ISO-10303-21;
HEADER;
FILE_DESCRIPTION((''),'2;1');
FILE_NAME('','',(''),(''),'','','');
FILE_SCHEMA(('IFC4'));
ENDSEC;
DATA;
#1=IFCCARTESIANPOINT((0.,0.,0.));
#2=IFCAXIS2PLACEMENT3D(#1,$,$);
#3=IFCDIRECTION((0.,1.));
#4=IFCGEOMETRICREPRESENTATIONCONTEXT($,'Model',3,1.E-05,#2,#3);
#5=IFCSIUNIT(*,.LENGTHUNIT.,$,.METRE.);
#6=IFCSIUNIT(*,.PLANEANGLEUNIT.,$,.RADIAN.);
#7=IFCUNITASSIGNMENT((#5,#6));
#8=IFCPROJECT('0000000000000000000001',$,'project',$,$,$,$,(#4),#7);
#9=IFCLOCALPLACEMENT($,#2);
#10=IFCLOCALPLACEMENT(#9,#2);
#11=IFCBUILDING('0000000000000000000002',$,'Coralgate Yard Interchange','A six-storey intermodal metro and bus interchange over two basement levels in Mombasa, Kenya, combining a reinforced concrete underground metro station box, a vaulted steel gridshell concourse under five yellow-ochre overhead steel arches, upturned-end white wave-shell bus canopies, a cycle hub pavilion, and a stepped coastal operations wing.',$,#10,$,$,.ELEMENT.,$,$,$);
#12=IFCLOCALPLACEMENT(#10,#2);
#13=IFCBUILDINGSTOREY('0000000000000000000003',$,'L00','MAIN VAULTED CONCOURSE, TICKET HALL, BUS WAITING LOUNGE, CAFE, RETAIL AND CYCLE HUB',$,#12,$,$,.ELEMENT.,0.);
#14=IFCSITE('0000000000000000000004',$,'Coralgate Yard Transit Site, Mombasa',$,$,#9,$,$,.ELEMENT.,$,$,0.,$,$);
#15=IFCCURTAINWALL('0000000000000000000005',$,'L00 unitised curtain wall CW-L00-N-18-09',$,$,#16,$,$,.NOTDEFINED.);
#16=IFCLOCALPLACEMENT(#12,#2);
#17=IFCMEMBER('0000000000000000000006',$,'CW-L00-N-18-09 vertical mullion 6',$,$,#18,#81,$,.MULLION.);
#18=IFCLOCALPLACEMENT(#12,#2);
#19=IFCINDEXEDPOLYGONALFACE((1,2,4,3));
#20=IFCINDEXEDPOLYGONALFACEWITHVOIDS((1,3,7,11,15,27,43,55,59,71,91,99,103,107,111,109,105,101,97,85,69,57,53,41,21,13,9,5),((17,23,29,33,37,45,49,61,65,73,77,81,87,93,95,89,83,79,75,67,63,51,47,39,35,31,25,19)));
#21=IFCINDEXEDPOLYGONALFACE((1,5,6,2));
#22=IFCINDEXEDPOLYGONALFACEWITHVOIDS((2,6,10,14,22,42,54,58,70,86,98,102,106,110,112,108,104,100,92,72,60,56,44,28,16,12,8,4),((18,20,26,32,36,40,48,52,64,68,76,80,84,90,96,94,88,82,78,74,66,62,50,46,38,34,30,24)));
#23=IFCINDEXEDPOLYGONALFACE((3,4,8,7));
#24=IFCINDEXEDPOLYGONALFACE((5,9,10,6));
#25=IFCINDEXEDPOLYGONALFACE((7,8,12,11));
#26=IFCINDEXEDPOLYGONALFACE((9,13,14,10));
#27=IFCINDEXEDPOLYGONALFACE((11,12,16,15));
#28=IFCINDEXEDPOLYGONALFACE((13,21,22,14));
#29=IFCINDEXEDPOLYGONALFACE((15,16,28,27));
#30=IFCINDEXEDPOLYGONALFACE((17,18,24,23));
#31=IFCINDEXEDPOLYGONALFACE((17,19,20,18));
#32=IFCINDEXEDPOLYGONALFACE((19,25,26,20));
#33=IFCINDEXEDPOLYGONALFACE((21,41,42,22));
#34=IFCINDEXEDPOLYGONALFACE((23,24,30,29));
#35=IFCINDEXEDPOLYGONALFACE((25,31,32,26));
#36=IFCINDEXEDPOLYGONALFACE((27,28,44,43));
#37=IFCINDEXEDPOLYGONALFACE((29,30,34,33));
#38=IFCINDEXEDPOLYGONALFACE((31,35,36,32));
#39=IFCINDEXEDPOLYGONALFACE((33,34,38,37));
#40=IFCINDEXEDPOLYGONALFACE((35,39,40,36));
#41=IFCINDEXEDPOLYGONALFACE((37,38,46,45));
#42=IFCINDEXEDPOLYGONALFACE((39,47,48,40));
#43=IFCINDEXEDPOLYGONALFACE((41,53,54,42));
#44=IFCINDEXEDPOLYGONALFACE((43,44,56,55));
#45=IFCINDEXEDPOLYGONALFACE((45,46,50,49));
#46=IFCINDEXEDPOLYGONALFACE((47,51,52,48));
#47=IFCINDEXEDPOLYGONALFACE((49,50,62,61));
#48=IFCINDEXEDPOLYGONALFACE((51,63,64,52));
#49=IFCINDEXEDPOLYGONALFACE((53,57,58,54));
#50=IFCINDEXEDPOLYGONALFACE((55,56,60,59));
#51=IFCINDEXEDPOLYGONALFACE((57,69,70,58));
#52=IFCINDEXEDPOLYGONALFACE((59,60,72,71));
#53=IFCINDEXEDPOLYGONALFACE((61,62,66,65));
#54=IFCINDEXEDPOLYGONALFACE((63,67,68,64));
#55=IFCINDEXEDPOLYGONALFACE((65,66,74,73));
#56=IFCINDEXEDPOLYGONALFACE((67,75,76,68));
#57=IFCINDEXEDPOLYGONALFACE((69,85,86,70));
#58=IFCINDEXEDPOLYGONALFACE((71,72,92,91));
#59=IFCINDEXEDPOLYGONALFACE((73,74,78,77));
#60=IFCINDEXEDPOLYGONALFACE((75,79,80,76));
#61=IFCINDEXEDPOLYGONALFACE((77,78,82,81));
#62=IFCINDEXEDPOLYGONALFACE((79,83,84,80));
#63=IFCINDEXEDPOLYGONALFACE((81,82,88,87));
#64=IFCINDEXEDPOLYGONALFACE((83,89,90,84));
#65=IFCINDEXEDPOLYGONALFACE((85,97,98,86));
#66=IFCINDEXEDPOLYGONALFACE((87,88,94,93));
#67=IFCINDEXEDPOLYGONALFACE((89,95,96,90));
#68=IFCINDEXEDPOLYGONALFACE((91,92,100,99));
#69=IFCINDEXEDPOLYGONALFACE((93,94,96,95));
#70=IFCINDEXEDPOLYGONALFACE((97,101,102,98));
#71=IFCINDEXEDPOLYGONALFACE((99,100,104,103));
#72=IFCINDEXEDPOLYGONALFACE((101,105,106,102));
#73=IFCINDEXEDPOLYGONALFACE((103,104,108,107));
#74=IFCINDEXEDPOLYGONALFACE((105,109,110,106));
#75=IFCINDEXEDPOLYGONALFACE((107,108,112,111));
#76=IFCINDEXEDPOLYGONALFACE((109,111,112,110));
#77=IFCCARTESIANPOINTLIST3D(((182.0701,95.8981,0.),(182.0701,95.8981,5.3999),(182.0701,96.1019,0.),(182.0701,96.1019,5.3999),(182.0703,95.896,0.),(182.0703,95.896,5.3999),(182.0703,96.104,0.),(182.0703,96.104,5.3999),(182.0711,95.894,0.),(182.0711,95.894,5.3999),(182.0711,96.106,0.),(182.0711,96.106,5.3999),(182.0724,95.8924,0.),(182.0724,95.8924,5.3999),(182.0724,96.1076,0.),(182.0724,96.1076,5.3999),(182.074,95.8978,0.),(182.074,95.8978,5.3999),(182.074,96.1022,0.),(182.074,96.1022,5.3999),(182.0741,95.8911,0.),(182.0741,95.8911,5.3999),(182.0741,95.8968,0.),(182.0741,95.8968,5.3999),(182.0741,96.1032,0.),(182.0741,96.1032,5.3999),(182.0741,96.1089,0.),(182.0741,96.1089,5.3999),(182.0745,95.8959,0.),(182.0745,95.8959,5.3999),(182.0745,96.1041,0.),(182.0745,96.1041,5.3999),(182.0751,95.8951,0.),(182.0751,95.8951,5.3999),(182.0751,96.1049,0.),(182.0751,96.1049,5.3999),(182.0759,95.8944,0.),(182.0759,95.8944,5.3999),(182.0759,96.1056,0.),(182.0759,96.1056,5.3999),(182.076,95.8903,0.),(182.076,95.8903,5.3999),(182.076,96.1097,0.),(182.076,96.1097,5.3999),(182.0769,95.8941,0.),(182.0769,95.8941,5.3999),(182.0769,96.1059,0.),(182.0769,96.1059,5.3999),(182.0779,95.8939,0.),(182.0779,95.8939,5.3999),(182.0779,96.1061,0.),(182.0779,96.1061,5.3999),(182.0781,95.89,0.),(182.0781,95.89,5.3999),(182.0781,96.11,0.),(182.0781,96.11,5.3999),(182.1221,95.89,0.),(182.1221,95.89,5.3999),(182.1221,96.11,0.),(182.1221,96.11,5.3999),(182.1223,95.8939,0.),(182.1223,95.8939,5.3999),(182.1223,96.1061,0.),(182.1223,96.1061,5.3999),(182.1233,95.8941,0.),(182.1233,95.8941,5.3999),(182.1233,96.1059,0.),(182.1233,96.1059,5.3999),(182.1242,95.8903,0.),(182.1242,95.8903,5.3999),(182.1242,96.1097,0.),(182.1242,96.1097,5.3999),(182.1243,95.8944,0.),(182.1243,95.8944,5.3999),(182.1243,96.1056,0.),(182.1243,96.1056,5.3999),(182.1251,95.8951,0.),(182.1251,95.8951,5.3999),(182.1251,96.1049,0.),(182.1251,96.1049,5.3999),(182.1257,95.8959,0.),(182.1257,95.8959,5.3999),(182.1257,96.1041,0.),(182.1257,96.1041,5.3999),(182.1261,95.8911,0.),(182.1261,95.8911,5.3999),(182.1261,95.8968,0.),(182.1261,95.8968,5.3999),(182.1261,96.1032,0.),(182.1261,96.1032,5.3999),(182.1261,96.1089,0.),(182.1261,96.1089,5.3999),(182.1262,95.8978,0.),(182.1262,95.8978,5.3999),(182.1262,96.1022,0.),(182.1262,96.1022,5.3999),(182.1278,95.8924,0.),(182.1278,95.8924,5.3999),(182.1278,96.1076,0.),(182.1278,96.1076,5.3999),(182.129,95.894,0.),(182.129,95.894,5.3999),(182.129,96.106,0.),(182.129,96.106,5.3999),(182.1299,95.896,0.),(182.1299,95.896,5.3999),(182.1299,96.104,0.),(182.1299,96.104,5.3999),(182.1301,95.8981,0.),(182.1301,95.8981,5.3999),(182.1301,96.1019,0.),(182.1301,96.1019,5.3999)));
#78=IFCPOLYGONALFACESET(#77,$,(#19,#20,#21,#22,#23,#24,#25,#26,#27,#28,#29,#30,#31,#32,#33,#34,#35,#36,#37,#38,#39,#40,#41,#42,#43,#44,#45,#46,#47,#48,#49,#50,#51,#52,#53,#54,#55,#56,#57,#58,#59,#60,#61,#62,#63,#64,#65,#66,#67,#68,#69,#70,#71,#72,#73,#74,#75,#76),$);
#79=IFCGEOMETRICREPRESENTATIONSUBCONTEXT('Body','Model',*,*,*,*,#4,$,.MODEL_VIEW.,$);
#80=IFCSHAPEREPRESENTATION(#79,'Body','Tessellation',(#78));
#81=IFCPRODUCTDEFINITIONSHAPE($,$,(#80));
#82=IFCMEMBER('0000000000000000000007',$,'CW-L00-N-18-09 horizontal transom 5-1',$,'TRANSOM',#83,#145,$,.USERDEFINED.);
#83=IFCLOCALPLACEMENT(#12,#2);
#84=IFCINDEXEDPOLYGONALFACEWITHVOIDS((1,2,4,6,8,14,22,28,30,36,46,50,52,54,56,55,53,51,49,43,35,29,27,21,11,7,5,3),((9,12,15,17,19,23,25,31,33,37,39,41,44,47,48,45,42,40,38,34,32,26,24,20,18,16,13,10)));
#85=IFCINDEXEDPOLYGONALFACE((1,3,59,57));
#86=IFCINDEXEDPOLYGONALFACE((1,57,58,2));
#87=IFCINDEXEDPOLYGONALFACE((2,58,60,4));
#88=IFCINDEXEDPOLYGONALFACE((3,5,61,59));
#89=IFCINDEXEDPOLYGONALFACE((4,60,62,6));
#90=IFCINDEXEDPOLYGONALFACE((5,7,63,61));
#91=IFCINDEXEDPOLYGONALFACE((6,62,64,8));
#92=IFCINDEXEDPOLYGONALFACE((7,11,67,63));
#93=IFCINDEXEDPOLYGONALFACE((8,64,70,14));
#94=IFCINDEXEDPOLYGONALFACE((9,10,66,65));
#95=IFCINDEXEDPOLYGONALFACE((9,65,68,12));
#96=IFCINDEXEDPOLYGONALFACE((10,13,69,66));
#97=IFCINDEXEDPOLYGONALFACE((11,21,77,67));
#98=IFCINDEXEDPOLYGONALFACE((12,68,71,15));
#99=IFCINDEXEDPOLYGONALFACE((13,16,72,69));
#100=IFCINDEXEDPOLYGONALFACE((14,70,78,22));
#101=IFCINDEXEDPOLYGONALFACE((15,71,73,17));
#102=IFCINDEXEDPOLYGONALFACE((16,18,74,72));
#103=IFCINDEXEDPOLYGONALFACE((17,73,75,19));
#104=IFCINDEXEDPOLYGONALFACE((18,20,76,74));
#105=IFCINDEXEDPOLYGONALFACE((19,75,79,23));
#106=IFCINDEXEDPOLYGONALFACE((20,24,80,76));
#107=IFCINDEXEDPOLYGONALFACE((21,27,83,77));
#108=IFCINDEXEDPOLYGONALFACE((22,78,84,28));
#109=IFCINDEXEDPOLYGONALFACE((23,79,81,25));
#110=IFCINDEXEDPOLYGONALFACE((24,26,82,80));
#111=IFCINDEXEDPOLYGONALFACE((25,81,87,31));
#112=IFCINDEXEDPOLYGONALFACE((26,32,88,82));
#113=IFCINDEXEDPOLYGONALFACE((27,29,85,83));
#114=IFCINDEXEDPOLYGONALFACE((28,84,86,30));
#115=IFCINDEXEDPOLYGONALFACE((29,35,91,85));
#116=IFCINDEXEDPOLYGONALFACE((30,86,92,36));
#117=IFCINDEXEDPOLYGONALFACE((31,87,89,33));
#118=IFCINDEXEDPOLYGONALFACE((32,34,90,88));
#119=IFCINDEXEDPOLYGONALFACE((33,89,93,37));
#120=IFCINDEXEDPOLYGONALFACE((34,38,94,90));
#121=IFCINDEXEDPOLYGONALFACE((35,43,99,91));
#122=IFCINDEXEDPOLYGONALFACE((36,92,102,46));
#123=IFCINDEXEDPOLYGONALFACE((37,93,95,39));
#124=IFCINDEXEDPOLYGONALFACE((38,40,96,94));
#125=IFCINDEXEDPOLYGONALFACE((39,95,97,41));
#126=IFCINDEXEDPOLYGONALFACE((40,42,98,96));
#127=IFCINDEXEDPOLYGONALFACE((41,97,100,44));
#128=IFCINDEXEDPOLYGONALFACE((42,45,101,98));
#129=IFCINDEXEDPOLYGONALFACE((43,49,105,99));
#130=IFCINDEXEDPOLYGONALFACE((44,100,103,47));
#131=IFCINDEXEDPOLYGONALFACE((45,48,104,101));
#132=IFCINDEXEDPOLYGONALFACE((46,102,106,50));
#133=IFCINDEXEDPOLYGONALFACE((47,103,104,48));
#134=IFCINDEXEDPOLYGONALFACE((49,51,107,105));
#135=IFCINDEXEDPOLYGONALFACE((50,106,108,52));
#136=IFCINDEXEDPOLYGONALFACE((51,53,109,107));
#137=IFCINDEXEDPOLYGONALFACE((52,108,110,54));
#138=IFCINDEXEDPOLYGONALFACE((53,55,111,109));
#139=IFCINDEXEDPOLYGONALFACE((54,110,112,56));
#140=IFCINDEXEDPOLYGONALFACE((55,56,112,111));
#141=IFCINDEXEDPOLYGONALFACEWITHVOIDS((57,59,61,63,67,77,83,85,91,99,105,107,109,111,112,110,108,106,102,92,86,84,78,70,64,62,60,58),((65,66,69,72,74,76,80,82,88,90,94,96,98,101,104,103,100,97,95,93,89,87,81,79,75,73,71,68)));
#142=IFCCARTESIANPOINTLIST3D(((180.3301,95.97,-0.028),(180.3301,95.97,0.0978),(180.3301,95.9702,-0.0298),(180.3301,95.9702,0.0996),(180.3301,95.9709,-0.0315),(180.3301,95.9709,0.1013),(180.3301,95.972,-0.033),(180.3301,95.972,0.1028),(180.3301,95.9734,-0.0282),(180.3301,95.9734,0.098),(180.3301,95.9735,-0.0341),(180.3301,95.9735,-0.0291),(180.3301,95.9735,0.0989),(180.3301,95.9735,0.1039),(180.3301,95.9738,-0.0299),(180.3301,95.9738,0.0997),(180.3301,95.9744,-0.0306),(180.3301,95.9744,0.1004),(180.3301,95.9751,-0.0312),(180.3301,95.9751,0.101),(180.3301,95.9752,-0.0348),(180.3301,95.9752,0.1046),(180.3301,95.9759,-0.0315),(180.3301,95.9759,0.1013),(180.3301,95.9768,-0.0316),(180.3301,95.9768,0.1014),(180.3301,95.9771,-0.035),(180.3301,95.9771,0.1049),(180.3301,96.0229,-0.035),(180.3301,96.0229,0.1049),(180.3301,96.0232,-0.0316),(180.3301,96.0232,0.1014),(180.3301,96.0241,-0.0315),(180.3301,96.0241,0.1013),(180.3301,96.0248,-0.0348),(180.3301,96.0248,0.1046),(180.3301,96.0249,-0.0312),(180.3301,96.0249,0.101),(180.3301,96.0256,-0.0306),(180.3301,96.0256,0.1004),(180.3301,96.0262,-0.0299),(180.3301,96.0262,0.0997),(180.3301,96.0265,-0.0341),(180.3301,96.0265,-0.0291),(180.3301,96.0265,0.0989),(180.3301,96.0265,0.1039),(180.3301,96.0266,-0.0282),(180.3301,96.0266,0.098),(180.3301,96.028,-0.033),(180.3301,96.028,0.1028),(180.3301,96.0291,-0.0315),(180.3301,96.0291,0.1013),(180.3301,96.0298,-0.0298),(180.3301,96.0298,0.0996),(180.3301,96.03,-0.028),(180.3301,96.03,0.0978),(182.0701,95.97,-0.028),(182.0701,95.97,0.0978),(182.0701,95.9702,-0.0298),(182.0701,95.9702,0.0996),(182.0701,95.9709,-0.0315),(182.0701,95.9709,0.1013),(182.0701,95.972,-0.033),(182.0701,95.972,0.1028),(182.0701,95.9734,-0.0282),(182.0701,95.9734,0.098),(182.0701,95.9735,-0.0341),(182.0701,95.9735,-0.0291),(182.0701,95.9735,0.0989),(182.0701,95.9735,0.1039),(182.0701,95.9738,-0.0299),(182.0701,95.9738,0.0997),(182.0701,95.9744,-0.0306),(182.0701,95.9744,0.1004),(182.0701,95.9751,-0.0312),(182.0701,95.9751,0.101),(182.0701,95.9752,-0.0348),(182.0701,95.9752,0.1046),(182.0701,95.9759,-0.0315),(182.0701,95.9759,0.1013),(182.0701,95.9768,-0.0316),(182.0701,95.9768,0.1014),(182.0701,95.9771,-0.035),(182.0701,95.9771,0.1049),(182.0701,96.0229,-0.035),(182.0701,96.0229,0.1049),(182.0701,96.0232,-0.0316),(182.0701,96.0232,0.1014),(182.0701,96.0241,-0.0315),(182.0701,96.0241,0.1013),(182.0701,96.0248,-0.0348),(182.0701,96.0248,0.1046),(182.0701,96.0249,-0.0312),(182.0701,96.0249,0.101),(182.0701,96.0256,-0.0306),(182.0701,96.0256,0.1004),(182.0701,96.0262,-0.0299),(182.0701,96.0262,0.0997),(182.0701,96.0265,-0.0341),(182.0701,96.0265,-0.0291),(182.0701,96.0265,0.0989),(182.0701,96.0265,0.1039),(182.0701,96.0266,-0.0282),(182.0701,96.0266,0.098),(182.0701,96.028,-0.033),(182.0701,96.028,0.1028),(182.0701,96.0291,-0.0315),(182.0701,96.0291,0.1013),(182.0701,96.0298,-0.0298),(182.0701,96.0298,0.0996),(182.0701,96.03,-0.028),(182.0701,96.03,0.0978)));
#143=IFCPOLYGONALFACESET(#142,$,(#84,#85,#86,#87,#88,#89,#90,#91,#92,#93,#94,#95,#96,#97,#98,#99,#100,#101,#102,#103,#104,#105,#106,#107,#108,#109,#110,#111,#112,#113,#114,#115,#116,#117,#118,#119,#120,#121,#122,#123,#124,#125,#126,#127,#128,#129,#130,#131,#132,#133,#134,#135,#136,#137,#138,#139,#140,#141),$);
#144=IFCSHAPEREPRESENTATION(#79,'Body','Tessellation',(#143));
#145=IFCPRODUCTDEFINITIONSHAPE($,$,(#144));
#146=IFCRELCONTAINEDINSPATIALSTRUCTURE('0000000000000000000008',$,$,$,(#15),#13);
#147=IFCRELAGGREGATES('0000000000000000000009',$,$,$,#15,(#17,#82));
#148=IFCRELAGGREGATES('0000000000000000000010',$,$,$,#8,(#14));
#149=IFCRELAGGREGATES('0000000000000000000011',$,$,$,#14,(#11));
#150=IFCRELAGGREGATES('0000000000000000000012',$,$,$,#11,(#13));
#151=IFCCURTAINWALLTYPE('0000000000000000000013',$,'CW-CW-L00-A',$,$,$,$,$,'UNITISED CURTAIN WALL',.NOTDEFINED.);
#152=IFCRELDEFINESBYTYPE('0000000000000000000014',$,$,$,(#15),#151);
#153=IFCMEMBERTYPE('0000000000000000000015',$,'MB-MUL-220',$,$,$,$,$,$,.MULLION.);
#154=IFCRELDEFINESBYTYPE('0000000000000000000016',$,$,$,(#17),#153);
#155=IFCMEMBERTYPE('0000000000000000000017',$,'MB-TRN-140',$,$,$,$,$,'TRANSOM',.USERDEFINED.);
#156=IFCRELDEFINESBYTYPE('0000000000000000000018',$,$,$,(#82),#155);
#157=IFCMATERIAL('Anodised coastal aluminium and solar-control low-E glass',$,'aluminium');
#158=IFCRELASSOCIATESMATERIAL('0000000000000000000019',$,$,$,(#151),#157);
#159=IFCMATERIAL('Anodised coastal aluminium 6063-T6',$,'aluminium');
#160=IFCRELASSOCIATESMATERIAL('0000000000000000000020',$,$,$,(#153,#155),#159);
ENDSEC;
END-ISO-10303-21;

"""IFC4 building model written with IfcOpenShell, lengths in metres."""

from ifc_helpers import new_model, si_unit, direction, frame, origin, origin_2d, place, context, subcontext, project, spatial, hollow_rectangle, extrude, material, material_profile, profile_set, type_object, element, aggregate, save


model = new_model("IFC4")

# Units and contexts
model_context = context("Model", 3, precision=1e-05, world=origin(), true_north=direction((0.0, 1.0)))
body_context = subcontext(model_context, "Body", "Model", "MODEL_VIEW")
ifc_project = project(units=[si_unit("LENGTHUNIT", "METRE"), si_unit("PLANEANGLEUNIT", "RADIAN")], contexts=[model_context])

# Site, building, storey
site_placement = place(None, origin())
site = spatial("IfcSite", under=ifc_project, at=site_placement, Name="Coralgate Yard Transit Site, Mombasa", CompositionType="ELEMENT", RefElevation=0.0)
building_placement = place(site_placement, origin())
building = spatial("IfcBuilding", under=site, at=building_placement, Name="Coralgate Yard Interchange", Description="A six-storey intermodal metro and bus interchange over two basement levels in Mombasa, Kenya, combining a reinforced concrete underground metro station box, a vaulted steel gridshell concourse under five yellow-ochre overhead steel arches, upturned-end white wave-shell bus canopies, a cycle hub pavilion, and a stepped coastal operations wing.", CompositionType="ELEMENT")
storey_placement = place(building_placement, origin())
storey = spatial("IfcBuildingStorey", under=building, at=storey_placement, Name="L00", Description="MAIN VAULTED CONCOURSE, TICKET HALL, BUS WAITING LOUNGE, CAFE, RETAIL AND CYCLE HUB", CompositionType="ELEMENT", Elevation=0.0)

# Curtain wall, members
ifc_material_1 = material(Name="Anodised coastal aluminium and solar-control low-E glass", Category="aluminium")
curtain_wall_type = type_object("IfcCurtainWallType", Name="CW-CW-L00-A", ElementType="UNITISED CURTAIN WALL", PredefinedType="NOTDEFINED", material=ifc_material_1)
curtain_wall_placement = place(storey_placement, origin())
curtain_wall = element("IfcCurtainWall", 1, at=curtain_wall_placement, inside=storey, type_object=curtain_wall_type, Name="L00 unitised curtain wall CW-L00-N-18-09", PredefinedType="NOTDEFINED")
ifc_material_2 = material(Name="Anodised coastal aluminium 6063-T6", Category="aluminium")
ifc_material_profile_1 = material_profile(ifc_material_2, hollow_rectangle(XDim=0.0601, YDim=0.22, WallThickness=0.0039, InnerFilletRadius=0.0039, OuterFilletRadius=0.0081, at=origin_2d()), Name="ALU 60x220x4")
ifc_profile_set_1 = profile_set([ifc_material_profile_1], Name="Anodised coastal aluminium 6063-T6")
member_type_1 = type_object("IfcMemberType", Name="MB-MUL-220", PredefinedType="MULLION", material=ifc_profile_set_1)
member_1_placement = place(storey_placement, frame((182.1001, 96.0, 0.0), z_axis=(0.0, 0.0, 1.0), x_axis=(1.0, 0.0, 0.0)))
member_1 = element("IfcMember", 2, at=member_1_placement, type_object=member_type_1, Name="CW-L00-N-18-09 vertical mullion 6", PredefinedType="MULLION", context=body_context, shape_type="SweptSolid", body=[
    extrude(hollow_rectangle(XDim=0.0601, YDim=0.22, WallThickness=0.0039, InnerFilletRadius=0.0039, OuterFilletRadius=0.0081, at=origin_2d()), origin(), (0.0, 0.0, 1.0), 5.3999),
])
ifc_material_profile_2 = material_profile(ifc_material_2, hollow_rectangle(XDim=0.0601, YDim=0.1399, WallThickness=0.0034, InnerFilletRadius=0.0034, OuterFilletRadius=0.0071, at=origin_2d()), Name="ALU 60x140x3.5")
ifc_profile_set_2 = profile_set([ifc_material_profile_2], Name="Anodised coastal aluminium 6063-T6")
member_type_2 = type_object("IfcMemberType", Name="MB-TRN-140", ElementType="TRANSOM", PredefinedType="USERDEFINED", material=ifc_profile_set_2)
member_2_placement = place(storey_placement, frame((180.3301, 96.0, 0.0349), z_axis=(1.0, 0.0, 0.0), x_axis=(0.0, 1.0, 0.0)))
member_2 = element("IfcMember", 3, at=member_2_placement, type_object=member_type_2, Name="CW-L00-N-18-09 horizontal transom 5-1", ObjectType="TRANSOM", PredefinedType="USERDEFINED", context=body_context, shape_type="SweptSolid", body=[
    extrude(hollow_rectangle(XDim=0.0601, YDim=0.1399, WallThickness=0.0034, InnerFilletRadius=0.0034, OuterFilletRadius=0.0071, at=origin_2d()), origin(), (0.0, 0.0, 1.0), 1.74),
])
aggregate(curtain_wall, [member_1, member_2])

save(model, "model.ifc")
